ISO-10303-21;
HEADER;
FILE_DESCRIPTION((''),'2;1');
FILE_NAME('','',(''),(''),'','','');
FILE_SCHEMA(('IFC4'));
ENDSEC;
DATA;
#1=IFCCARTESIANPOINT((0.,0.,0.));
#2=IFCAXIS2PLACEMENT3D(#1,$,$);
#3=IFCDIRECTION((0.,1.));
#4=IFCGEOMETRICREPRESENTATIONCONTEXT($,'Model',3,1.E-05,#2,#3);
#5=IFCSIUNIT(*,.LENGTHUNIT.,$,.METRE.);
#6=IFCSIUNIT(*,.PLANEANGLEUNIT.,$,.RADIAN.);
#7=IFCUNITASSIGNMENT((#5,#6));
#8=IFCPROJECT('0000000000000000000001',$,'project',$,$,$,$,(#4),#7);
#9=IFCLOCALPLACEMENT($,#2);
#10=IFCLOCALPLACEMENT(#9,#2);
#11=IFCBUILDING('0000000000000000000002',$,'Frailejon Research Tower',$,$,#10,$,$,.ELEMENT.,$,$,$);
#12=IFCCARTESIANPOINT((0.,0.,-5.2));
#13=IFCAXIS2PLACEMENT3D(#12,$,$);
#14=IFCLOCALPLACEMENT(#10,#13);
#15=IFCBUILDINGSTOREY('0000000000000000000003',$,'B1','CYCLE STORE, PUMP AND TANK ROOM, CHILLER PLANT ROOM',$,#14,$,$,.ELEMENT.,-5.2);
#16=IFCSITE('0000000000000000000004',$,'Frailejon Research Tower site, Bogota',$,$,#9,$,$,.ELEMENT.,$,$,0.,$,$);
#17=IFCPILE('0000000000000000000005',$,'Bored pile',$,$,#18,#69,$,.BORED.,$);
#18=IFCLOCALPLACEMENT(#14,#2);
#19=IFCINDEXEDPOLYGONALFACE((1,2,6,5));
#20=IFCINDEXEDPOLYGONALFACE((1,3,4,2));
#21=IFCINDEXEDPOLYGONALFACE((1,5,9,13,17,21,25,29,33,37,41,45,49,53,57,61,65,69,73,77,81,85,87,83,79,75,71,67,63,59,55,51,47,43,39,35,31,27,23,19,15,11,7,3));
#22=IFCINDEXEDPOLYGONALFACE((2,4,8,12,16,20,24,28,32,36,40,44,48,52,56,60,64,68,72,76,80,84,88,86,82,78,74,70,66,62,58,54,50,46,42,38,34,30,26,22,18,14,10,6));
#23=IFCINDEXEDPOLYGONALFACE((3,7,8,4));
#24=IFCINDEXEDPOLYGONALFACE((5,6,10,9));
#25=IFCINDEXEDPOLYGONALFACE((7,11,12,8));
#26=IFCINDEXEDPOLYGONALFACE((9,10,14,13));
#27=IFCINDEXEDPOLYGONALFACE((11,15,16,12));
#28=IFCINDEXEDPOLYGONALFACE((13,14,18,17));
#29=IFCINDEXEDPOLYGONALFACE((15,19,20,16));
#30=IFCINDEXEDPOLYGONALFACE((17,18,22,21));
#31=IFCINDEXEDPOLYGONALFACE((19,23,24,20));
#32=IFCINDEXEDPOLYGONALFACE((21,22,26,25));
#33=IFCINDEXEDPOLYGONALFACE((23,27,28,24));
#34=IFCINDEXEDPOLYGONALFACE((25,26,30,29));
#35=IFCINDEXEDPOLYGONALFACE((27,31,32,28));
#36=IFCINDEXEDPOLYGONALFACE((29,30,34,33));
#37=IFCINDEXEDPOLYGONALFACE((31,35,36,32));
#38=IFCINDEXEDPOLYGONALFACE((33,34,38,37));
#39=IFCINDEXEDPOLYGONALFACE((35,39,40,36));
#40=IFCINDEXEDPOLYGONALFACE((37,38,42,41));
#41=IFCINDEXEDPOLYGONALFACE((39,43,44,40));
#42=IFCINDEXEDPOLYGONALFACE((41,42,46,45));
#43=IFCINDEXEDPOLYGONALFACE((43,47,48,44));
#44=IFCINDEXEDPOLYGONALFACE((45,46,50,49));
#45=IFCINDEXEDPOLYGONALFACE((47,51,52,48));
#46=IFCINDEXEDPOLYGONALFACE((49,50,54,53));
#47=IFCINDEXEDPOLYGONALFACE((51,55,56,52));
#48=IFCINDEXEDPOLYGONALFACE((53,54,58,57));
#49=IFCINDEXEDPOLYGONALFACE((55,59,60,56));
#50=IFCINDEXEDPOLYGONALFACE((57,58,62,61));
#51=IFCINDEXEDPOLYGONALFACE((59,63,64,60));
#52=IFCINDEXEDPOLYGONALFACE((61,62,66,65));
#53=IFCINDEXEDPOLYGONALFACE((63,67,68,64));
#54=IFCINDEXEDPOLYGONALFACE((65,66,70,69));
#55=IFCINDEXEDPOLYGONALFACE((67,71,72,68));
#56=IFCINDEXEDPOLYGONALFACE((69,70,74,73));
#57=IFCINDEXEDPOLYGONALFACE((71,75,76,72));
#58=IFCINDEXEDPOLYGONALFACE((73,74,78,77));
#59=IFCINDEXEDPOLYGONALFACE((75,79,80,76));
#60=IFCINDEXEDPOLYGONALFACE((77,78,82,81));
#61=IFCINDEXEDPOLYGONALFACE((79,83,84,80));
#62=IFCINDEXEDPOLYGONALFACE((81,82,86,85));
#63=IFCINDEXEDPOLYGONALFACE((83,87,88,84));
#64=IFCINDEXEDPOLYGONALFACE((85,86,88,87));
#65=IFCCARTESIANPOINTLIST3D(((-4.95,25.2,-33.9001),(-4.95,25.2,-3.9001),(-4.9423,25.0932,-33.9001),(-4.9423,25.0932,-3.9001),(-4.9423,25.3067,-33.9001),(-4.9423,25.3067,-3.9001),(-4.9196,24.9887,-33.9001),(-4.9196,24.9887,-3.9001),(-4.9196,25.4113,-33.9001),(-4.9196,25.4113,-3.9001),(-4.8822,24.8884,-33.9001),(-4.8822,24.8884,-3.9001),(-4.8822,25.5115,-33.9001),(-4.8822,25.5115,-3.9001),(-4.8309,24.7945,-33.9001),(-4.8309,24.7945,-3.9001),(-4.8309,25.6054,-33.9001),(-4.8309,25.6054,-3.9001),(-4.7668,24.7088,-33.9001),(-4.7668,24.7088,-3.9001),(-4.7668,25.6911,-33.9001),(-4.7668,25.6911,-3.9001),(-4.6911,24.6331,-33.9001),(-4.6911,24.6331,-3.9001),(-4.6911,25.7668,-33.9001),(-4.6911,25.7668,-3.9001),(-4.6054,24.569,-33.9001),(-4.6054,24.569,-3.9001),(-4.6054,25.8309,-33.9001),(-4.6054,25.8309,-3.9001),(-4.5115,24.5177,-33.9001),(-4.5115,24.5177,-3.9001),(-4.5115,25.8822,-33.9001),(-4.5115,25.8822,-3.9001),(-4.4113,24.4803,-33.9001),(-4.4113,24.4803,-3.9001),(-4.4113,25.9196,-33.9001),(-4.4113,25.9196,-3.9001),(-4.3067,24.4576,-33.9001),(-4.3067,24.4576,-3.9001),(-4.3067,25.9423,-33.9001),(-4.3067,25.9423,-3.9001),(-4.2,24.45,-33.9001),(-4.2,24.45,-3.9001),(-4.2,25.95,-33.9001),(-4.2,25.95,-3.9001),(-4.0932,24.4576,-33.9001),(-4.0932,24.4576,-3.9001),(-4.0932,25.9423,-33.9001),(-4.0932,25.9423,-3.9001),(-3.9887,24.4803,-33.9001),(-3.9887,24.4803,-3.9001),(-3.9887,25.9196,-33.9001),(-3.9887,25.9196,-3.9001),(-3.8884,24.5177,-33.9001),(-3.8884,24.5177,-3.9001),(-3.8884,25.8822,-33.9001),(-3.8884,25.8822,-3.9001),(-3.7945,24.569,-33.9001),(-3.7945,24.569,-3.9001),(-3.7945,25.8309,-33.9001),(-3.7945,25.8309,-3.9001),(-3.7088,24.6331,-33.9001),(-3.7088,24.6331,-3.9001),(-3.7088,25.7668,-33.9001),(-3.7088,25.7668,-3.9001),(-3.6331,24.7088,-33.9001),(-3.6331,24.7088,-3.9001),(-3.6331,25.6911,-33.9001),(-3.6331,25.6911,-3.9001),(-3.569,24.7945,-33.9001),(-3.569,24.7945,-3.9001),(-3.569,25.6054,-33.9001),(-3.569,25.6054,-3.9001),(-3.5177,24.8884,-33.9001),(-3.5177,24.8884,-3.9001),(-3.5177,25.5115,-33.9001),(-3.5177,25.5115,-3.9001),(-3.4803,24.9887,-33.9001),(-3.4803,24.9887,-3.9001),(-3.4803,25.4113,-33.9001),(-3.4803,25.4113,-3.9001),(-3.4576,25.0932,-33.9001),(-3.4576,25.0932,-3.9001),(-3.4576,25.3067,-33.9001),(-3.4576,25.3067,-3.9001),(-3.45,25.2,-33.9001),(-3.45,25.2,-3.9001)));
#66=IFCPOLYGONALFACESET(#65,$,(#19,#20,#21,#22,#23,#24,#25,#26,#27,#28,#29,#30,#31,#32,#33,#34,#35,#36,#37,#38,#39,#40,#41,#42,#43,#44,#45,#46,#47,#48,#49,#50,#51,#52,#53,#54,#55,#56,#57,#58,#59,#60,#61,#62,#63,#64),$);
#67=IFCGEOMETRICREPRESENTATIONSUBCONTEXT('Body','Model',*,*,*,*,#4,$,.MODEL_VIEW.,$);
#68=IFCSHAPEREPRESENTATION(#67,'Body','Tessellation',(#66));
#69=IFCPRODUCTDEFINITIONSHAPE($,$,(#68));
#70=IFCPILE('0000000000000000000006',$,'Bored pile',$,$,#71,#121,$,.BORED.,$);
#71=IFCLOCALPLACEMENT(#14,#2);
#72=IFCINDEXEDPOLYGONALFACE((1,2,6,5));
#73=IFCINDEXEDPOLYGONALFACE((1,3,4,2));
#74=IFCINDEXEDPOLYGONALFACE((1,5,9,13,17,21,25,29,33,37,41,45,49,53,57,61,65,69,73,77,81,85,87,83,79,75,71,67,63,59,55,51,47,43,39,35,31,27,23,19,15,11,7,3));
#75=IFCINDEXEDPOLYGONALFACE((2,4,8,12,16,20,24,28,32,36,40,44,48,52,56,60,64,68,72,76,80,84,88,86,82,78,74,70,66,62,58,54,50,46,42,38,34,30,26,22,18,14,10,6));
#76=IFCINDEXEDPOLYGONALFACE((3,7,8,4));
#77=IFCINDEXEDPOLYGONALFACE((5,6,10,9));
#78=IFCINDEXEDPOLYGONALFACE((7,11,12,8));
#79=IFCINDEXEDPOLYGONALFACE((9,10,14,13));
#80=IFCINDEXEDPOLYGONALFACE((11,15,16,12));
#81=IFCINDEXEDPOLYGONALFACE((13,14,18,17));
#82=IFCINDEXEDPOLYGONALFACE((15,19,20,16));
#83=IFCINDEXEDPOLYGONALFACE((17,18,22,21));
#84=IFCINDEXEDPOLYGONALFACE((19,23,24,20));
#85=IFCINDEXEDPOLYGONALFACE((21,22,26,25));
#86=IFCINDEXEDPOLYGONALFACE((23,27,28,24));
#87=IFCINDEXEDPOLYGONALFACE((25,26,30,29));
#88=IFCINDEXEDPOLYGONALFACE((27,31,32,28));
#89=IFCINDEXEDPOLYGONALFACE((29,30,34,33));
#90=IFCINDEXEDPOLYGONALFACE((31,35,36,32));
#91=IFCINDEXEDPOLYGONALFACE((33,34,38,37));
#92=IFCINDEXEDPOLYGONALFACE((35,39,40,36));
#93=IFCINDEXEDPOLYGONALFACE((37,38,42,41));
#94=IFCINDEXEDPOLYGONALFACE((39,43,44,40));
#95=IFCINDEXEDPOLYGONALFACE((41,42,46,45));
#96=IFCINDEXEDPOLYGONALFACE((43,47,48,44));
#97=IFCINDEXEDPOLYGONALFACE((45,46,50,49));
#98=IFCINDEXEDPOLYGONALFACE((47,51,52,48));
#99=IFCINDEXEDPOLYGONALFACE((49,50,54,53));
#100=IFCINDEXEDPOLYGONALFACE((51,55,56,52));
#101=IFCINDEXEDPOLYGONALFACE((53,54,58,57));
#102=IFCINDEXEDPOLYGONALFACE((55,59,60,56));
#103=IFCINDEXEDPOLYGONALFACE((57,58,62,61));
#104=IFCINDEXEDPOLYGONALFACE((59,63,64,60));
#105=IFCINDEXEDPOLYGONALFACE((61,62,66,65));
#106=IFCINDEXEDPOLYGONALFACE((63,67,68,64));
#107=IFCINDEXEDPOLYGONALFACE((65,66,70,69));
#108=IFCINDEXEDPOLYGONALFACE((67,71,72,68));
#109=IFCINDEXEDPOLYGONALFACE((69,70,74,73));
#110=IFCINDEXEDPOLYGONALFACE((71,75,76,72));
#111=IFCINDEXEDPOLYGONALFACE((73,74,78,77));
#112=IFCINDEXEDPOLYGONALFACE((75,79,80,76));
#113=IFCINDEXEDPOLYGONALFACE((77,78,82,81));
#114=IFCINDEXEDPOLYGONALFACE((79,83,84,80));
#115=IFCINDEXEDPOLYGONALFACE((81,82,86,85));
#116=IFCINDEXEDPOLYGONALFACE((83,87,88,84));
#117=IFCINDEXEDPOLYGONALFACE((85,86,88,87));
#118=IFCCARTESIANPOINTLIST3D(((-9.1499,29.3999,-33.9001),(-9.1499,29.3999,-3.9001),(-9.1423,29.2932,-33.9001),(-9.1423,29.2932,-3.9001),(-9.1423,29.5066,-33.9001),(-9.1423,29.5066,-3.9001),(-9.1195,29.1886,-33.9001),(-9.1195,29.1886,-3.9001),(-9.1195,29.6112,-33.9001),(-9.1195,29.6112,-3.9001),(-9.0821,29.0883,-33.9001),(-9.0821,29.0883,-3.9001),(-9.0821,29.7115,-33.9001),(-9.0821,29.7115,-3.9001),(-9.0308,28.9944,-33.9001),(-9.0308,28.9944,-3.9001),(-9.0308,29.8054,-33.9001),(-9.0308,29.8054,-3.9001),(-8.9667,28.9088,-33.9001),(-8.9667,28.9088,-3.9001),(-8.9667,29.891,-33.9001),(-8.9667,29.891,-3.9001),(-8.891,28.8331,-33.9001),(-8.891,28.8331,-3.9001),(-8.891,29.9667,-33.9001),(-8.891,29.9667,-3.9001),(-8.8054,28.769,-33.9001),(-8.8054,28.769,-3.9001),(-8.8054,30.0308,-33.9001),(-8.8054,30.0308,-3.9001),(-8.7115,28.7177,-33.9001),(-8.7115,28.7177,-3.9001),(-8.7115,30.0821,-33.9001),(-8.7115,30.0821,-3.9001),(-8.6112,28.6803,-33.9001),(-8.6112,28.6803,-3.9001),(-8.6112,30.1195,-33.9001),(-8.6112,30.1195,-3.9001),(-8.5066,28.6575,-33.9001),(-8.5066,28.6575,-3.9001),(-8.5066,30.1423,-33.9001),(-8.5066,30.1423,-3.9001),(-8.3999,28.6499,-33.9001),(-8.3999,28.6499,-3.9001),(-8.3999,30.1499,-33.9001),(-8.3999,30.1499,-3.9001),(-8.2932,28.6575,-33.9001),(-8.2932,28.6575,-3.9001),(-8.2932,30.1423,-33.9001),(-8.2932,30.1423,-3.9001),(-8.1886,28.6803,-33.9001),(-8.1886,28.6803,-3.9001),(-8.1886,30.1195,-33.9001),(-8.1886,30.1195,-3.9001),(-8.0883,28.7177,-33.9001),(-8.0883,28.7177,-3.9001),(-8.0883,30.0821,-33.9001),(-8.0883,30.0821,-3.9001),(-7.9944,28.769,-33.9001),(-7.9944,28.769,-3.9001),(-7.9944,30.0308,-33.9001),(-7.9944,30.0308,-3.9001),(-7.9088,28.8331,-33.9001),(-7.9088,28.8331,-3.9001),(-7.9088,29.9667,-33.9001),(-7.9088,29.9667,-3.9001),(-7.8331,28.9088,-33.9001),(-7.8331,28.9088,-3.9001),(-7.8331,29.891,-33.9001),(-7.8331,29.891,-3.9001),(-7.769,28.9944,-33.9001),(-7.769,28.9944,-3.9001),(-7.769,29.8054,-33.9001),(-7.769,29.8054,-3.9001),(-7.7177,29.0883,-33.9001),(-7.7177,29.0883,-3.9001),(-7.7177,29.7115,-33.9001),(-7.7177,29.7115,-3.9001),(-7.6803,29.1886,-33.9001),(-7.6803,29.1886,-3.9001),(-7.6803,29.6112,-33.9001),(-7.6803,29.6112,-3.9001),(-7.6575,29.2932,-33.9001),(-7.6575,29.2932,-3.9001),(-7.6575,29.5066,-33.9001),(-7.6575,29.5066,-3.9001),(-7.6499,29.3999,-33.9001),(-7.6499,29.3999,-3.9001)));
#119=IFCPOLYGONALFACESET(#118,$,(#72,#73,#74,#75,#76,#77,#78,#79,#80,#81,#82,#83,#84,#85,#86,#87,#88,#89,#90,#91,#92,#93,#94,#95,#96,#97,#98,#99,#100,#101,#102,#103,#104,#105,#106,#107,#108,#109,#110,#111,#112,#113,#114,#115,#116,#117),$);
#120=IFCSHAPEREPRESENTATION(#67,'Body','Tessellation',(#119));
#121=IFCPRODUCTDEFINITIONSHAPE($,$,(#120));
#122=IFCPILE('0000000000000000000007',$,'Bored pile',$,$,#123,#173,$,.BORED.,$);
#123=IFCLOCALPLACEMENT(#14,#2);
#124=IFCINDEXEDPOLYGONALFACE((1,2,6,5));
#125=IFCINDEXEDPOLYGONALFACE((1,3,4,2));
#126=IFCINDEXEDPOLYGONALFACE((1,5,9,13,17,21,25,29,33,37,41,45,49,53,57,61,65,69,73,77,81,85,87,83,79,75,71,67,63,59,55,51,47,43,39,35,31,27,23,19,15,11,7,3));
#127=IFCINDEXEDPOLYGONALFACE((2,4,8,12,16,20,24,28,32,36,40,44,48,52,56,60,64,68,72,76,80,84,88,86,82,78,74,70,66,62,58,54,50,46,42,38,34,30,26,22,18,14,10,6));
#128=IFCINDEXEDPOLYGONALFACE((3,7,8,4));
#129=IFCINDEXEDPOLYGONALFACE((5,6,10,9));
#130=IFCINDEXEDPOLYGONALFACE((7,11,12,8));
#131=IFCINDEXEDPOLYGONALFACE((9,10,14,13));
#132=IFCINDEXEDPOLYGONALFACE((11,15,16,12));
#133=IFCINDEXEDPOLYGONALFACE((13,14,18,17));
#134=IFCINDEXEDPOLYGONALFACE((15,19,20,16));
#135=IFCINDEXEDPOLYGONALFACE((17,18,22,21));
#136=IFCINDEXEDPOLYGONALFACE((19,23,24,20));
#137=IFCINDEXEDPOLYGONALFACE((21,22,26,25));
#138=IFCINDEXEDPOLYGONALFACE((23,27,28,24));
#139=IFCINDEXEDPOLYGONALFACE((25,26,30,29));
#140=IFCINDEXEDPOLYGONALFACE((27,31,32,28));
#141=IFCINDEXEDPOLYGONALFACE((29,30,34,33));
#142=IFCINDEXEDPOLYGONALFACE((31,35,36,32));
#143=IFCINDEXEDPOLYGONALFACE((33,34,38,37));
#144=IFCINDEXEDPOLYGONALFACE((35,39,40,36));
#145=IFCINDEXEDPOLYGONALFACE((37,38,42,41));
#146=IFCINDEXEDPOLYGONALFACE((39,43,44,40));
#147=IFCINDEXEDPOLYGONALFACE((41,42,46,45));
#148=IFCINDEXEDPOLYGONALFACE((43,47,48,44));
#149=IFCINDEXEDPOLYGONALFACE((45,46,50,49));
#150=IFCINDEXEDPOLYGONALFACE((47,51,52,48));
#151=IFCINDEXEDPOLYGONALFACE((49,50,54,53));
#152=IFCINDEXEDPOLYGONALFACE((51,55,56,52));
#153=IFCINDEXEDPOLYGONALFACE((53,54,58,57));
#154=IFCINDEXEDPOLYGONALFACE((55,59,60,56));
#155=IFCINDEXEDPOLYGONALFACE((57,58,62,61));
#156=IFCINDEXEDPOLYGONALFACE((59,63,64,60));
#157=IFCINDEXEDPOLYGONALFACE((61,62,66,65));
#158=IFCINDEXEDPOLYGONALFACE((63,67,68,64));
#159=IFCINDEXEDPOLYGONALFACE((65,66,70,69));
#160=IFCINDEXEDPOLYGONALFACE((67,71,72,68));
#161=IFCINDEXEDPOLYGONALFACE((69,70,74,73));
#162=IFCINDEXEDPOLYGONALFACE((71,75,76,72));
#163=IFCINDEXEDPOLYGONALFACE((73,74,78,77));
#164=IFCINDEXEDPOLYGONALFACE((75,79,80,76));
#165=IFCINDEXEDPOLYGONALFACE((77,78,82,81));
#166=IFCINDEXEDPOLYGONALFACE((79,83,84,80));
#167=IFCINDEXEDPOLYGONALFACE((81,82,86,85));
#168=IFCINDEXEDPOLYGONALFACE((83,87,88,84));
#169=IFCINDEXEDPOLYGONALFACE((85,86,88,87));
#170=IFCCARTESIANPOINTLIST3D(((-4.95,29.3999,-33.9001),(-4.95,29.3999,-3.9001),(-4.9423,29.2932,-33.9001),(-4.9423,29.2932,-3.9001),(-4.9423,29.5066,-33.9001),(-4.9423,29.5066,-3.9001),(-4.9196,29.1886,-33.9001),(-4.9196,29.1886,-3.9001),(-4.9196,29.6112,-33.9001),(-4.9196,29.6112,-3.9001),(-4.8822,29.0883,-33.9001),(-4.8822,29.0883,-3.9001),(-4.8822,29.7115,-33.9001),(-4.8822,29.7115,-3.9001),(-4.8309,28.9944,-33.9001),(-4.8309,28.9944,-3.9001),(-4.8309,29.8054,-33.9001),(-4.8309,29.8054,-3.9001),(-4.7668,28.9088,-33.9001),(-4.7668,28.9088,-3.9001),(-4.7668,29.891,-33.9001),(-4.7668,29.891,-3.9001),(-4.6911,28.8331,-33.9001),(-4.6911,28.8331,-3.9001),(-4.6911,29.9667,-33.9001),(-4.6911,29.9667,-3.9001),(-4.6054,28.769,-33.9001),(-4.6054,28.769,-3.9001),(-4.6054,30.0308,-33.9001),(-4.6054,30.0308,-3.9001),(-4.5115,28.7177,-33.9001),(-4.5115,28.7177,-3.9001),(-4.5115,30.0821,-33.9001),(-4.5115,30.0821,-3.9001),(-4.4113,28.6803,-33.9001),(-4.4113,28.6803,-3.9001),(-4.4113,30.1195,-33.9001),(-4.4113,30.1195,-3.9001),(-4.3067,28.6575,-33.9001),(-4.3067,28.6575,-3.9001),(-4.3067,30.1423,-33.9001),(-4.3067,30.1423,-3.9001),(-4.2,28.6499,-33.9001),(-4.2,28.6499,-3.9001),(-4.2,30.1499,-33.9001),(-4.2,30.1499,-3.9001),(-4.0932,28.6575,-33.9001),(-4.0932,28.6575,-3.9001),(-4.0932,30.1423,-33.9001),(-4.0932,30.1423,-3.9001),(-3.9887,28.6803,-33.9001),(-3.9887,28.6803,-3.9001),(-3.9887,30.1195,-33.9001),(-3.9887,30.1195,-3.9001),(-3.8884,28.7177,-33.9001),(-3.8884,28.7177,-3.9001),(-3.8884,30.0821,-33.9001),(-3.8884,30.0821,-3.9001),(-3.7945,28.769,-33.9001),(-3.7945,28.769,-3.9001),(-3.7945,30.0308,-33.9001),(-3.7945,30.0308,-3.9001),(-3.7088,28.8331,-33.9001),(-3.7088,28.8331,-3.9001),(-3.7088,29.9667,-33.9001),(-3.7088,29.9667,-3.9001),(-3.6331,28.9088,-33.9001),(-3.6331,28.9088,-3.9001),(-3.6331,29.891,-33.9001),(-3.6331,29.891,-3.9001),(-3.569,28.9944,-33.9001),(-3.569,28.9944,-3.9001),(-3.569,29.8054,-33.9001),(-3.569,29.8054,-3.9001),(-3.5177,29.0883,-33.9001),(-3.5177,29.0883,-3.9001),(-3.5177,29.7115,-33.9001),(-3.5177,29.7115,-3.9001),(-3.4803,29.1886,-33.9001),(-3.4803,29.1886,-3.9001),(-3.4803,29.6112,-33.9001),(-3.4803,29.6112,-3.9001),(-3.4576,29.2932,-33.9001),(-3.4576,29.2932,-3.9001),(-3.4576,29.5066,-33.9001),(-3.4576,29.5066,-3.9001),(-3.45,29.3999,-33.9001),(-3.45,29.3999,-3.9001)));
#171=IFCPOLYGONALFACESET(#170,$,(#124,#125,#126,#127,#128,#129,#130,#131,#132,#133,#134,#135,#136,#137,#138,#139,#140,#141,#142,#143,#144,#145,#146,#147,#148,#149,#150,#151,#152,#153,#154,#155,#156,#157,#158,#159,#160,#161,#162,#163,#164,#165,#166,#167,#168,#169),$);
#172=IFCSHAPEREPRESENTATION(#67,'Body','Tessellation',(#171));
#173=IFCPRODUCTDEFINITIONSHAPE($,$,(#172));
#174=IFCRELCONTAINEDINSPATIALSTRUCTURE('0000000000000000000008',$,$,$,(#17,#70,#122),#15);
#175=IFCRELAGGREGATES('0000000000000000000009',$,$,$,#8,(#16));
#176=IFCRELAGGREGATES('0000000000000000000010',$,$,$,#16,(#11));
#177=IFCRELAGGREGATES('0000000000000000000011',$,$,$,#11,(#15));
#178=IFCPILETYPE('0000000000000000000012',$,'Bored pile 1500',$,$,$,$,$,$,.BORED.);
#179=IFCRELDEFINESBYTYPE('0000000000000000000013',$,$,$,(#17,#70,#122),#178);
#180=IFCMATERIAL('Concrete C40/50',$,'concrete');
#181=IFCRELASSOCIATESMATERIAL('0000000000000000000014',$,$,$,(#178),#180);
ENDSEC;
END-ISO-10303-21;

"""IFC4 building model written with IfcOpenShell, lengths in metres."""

from ifc_helpers import new_model, si_unit, direction, frame, origin, origin_2d, place, context, subcontext, project, spatial, circle, extrude, material, material_profile, profile_set, type_object, element, save


model = new_model("IFC4")

# Units and contexts
model_context = context("Model", 3, precision=1e-05, world=origin(), true_north=direction((0.0, 1.0)))
body_context = subcontext(model_context, "Body", "Model", "MODEL_VIEW")
ifc_project = project(units=[si_unit("LENGTHUNIT", "METRE"), si_unit("PLANEANGLEUNIT", "RADIAN")], contexts=[model_context])

# Site, building, storey
site_placement = place(None, origin())
site = spatial("IfcSite", under=ifc_project, at=site_placement, Name="Frailejon Research Tower site, Bogota", CompositionType="ELEMENT", RefElevation=0.0)
building_placement = place(site_placement, origin())
building = spatial("IfcBuilding", under=site, at=building_placement, Name="Frailejon Research Tower", CompositionType="ELEMENT")
storey_placement = place(building_placement, frame((0.0, 0.0, -5.2)))
storey = spatial("IfcBuildingStorey", under=building, at=storey_placement, Name="B1", Description="CYCLE STORE, PUMP AND TANK ROOM, CHILLER PLANT ROOM", CompositionType="ELEMENT", Elevation=-5.2)

# Piles
ifc_material_1 = material(Name="Concrete C40/50", Category="concrete")
ifc_material_profile_1 = material_profile(ifc_material_1, circle(Radius=0.75, at=origin_2d()), Name="Bored pile 1500")
ifc_profile_set_1 = profile_set([ifc_material_profile_1], Name="Concrete C40/50")
pile_type = type_object("IfcPileType", Name="Bored pile 1500", PredefinedType="BORED", material=ifc_profile_set_1)
for number, where, z_axis, x_axis, name in (
    (1, (-4.2, 25.2, -3.9001), (0.0, 0.0, -1.0), (1.0, 0.0, 0.0), "Bored pile"),
    (2, (-8.3999, 29.3999, -3.9001), (0.0, 0.0, -1.0), (1.0, 0.0, 0.0), "Bored pile"),
    (3, (-4.2, 29.3999, -3.9001), (0.0, 0.0, -1.0), (1.0, 0.0, 0.0), "Bored pile"),
):
    element("IfcPile", number, at=place(storey_placement, frame(where, z_axis=z_axis, x_axis=x_axis)), inside=storey, type_object=pile_type, Name=name, PredefinedType="BORED", context=body_context, shape_type="SweptSolid", body=[
        extrude(circle(Radius=0.75, at=origin_2d()), origin(), (0.0, 0.0, 1.0), 30.0),
    ])

save(model, "model.ifc")
